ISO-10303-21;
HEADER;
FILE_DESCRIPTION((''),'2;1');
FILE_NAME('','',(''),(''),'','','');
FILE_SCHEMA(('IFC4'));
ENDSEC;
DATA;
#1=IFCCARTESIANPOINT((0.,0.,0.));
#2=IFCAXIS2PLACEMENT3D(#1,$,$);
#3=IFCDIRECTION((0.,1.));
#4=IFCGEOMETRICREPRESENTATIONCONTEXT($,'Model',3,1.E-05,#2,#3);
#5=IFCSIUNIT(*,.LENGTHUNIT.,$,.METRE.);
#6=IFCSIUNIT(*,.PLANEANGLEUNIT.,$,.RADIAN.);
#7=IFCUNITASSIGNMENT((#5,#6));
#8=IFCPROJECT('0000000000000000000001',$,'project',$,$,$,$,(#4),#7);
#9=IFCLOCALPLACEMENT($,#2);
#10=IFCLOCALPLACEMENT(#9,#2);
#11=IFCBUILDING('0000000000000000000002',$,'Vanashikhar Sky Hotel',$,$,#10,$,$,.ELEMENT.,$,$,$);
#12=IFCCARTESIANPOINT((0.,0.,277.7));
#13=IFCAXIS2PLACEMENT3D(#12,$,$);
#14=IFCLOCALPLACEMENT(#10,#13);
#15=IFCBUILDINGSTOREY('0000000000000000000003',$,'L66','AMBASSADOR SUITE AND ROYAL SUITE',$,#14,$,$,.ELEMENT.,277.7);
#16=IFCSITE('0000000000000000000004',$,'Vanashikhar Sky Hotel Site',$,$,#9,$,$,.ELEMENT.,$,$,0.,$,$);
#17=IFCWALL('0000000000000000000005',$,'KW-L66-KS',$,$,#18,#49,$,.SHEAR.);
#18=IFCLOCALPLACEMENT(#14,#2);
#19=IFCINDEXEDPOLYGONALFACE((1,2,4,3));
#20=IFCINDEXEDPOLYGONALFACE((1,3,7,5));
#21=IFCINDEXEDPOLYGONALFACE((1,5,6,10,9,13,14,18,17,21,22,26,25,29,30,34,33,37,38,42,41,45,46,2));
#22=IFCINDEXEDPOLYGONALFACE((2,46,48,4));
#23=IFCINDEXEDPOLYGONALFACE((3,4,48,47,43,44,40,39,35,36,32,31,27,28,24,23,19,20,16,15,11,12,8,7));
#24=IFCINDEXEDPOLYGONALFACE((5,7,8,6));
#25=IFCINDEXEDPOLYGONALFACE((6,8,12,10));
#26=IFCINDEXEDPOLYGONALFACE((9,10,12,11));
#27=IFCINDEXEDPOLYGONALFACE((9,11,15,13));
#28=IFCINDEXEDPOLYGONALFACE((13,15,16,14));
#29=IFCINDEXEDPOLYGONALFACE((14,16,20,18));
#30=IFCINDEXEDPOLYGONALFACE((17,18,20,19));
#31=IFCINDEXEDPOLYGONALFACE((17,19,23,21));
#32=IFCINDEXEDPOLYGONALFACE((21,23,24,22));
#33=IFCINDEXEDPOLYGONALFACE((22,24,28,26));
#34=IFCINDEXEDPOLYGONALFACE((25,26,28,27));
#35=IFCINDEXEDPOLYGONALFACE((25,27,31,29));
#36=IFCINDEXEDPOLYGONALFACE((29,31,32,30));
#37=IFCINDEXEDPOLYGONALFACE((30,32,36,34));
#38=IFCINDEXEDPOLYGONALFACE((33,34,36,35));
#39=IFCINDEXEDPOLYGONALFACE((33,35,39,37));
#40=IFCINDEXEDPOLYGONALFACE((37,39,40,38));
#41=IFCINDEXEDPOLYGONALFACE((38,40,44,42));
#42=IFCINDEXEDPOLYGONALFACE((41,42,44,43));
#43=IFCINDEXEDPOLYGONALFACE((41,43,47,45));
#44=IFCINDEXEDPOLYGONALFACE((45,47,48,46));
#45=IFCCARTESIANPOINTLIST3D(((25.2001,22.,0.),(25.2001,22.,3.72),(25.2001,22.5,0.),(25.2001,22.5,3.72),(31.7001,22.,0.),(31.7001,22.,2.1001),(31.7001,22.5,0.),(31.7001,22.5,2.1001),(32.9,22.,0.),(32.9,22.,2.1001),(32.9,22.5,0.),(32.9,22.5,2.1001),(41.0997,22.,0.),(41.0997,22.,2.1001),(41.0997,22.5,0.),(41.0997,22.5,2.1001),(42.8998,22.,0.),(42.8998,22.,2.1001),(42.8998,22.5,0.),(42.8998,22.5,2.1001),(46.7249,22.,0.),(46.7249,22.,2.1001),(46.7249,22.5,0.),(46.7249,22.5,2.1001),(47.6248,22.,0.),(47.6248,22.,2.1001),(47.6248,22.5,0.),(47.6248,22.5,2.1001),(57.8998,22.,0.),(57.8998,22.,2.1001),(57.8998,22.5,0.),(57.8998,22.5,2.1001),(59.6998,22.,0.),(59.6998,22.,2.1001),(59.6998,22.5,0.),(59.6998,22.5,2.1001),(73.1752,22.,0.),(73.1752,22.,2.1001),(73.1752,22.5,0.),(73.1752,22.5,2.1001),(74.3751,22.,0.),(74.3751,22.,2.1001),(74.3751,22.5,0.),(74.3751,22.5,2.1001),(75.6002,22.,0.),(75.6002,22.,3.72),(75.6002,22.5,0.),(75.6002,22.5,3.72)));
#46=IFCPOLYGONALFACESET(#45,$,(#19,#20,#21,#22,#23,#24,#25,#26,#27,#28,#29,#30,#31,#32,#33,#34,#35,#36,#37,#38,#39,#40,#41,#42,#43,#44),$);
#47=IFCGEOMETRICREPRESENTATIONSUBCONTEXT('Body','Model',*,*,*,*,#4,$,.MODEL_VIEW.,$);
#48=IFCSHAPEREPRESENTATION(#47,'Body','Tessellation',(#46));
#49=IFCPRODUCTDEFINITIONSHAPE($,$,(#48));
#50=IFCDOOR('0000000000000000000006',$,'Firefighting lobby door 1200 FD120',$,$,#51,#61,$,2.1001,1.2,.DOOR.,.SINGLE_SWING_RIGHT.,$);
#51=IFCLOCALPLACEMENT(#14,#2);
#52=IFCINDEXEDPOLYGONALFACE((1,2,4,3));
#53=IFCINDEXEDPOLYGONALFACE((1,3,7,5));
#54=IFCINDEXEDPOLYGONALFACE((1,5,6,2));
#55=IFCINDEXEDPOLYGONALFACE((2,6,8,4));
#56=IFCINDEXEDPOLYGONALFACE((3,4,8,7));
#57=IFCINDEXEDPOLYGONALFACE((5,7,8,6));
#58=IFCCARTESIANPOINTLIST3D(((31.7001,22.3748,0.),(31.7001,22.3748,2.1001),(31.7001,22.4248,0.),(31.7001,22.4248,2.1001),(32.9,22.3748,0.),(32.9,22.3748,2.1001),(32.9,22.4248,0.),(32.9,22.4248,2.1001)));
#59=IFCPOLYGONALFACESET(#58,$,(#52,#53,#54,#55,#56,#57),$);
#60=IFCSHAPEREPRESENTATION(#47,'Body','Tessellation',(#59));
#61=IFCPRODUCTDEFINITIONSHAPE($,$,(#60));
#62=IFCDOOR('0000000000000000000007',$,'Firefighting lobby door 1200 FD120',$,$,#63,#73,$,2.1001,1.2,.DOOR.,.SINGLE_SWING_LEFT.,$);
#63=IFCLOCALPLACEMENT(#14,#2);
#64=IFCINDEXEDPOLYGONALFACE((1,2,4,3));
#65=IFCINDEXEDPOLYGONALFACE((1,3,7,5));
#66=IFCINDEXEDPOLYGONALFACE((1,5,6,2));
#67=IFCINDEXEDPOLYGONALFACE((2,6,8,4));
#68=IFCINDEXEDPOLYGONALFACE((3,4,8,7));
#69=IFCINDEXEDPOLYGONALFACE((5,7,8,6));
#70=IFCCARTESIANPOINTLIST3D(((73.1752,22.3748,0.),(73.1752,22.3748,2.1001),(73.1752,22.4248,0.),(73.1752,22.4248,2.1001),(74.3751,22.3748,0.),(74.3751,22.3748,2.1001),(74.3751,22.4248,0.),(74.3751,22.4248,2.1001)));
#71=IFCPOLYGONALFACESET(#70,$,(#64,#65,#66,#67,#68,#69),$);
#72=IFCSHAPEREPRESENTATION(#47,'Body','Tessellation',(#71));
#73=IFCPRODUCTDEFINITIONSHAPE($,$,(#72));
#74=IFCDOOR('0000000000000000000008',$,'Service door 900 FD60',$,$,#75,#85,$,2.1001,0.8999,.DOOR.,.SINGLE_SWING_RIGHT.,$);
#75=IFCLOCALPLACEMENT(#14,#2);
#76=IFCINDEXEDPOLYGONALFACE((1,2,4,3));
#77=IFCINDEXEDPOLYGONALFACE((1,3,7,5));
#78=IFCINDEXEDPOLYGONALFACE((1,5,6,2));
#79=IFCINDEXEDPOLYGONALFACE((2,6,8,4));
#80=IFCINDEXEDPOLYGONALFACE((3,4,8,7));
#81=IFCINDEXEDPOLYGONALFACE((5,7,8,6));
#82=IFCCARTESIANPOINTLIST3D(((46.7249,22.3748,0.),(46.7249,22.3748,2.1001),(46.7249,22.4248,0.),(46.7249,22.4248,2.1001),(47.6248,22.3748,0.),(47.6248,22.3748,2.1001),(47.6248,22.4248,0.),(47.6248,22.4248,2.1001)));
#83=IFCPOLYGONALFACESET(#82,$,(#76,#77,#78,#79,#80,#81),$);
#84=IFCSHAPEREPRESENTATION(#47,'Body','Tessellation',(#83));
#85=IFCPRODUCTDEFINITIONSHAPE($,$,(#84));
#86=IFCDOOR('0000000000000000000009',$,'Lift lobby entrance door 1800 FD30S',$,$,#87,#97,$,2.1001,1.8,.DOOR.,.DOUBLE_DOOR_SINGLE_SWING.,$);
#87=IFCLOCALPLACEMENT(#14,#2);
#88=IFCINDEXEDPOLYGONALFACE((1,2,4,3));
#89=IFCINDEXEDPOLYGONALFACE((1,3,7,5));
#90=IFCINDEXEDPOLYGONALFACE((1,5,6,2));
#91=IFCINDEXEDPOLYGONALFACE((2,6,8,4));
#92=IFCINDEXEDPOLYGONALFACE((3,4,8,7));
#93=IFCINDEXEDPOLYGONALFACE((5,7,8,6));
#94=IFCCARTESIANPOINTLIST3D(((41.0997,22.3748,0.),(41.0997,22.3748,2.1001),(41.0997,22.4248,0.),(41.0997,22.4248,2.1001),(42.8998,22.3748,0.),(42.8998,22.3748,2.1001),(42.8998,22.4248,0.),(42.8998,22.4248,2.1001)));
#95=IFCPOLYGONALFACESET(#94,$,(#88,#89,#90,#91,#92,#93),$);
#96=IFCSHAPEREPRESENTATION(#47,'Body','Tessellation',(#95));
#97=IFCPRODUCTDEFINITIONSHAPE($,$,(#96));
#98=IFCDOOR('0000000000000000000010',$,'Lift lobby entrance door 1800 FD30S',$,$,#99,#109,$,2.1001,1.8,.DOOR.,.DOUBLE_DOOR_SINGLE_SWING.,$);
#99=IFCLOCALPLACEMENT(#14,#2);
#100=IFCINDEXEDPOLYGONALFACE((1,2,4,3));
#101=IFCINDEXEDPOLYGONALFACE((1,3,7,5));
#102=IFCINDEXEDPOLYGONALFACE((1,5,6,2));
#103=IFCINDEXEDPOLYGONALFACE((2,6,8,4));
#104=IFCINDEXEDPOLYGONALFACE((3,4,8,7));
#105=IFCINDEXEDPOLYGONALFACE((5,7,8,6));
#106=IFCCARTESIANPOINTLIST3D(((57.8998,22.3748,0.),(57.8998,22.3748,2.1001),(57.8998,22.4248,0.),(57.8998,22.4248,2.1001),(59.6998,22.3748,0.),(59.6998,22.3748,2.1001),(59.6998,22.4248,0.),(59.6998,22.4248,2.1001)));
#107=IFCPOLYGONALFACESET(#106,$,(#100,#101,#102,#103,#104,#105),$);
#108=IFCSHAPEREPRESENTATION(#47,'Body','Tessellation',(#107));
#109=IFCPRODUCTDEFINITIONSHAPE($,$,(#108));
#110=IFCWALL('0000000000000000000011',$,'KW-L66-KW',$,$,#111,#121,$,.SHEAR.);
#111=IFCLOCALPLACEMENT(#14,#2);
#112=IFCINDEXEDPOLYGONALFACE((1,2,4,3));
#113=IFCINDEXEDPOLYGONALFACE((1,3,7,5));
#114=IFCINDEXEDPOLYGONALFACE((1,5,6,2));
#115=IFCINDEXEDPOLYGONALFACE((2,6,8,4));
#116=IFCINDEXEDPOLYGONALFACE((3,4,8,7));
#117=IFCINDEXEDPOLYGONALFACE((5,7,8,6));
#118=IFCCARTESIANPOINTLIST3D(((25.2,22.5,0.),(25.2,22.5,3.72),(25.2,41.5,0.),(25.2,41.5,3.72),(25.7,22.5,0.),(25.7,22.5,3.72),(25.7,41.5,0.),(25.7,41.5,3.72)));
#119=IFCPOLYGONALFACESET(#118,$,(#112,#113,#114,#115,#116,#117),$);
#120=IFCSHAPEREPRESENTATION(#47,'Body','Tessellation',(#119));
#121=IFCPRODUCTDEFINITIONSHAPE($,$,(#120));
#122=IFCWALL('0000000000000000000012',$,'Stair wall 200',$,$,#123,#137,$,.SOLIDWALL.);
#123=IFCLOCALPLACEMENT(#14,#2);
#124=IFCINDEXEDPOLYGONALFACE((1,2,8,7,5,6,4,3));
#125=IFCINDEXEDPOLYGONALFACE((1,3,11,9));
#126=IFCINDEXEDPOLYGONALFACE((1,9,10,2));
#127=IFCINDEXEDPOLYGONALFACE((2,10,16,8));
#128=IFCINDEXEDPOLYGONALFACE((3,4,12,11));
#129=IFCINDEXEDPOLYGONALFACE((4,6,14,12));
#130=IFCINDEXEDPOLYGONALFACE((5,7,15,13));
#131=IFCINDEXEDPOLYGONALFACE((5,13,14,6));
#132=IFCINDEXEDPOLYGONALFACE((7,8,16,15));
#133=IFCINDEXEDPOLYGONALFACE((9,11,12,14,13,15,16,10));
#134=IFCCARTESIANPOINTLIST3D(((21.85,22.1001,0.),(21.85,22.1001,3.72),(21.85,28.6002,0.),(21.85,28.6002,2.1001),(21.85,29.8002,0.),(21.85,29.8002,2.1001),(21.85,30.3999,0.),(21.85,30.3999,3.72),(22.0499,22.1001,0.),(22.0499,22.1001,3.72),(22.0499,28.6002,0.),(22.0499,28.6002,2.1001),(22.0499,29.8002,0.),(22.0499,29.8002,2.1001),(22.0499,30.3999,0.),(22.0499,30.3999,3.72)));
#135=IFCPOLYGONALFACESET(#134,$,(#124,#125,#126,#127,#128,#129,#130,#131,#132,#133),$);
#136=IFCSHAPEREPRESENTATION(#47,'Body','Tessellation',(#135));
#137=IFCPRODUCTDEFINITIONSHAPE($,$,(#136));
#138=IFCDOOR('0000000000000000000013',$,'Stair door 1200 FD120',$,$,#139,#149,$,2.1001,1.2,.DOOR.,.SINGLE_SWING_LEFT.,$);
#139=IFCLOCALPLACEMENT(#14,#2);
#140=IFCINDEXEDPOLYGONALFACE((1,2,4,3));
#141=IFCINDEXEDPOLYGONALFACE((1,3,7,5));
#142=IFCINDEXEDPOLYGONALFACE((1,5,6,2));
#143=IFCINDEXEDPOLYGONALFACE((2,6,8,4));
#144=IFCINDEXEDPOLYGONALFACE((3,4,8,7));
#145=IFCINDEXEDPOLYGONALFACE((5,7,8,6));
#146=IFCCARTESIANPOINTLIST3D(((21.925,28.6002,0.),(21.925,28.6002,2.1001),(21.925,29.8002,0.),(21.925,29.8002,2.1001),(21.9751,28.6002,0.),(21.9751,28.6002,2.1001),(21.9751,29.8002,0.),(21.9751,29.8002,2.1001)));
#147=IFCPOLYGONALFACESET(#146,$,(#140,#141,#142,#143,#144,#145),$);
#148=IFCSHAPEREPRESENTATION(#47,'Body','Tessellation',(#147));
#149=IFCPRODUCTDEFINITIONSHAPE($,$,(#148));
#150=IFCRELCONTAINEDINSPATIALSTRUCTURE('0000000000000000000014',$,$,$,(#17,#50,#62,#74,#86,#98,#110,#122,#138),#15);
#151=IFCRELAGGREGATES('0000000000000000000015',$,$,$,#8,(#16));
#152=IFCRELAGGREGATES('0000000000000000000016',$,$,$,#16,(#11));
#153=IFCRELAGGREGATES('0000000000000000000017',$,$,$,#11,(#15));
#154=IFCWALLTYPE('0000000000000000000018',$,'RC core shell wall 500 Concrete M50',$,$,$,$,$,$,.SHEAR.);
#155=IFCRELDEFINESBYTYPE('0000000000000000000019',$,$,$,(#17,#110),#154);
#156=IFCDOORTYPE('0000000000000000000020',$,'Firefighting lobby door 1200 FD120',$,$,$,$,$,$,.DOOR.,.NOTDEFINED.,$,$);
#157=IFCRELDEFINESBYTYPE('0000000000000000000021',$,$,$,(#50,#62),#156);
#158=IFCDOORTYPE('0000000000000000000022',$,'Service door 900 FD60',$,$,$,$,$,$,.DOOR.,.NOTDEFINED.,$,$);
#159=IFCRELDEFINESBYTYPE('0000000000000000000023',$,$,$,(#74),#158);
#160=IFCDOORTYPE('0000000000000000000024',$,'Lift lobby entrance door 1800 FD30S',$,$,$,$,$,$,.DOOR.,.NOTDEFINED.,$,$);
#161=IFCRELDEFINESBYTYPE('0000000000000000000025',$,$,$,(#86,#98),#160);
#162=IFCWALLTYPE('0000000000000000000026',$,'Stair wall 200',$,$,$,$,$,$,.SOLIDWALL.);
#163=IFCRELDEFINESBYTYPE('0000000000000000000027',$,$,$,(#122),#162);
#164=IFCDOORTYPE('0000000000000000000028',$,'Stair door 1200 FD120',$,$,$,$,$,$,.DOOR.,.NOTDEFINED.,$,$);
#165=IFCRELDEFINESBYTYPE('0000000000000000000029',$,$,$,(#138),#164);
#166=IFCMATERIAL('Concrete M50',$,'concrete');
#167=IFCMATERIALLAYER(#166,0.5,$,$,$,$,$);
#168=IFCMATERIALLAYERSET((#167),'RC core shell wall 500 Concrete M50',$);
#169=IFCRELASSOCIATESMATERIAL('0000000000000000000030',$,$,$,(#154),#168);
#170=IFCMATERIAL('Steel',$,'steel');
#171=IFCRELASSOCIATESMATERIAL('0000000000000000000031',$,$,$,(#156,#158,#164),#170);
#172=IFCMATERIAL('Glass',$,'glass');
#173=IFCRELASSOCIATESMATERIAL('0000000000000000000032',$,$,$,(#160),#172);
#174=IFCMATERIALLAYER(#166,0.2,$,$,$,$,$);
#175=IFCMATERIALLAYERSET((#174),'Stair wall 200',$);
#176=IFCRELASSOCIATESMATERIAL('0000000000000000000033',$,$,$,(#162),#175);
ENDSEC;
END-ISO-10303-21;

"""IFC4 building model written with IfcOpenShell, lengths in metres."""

from ifc_helpers import new_model, si_unit, direction, frame, frame_2d, origin, place, context, subcontext, project, spatial, rectangle, extrude, source, transform, mapped, material, layer, layer_set, type_object, element, fill, save


model = new_model("IFC4")

# Units and contexts
model_context = context("Model", 3, precision=1e-05, world=origin(), true_north=direction((0.0, 1.0)))
body_context = subcontext(model_context, "Body", "Model", "MODEL_VIEW")
ifc_project = project(units=[si_unit("LENGTHUNIT", "METRE"), si_unit("PLANEANGLEUNIT", "RADIAN")], contexts=[model_context])

# Site, building, storey
site_placement = place(None, origin())
site = spatial("IfcSite", under=ifc_project, at=site_placement, Name="Vanashikhar Sky Hotel Site", CompositionType="ELEMENT", RefElevation=0.0)
building_placement = place(site_placement, origin())
building = spatial("IfcBuilding", under=site, at=building_placement, Name="Vanashikhar Sky Hotel", CompositionType="ELEMENT")
storey_placement = place(building_placement, frame((0.0, 0.0, 277.7)))
storey = spatial("IfcBuildingStorey", under=building, at=storey_placement, Name="L66", Description="AMBASSADOR SUITE AND ROYAL SUITE", CompositionType="ELEMENT", Elevation=277.7)

# Wall, openings, doors
ifc_material_1 = material(Name="Concrete M50", Category="concrete")
ifc_layer_1 = layer(ifc_material_1, 0.5)
ifc_layer_set_1 = layer_set([ifc_layer_1], Name="RC core shell wall 500 Concrete M50")
wall_type_1 = type_object("IfcWallType", Name="RC core shell wall 500 Concrete M50", PredefinedType="SHEAR", material=ifc_layer_set_1)
shared_shape_1 = source(origin(), body_context, "Body", "SweptSolid", [
    extrude(rectangle(XDim=50.4001, YDim=0.5, at=frame_2d((25.2002, 0.0))), origin(), (0.0, 0.0, 1.0), 3.72),
])
wall_1_placement = place(storey_placement, frame((25.2, 22.25, 0.0), z_axis=(0.0, 0.0, 1.0), x_axis=(1.0, 0.0, 0.0)))
wall_1 = element("IfcWall", 1, at=wall_1_placement, inside=storey, type_object=wall_type_1, Name="KW-L66-KS", PredefinedType="SHEAR", context=body_context, shape_type="MappedRepresentation", body=[
    mapped(shared_shape_1, transform((0.0, 0.0, 0.0), scale=1.0)),
])
shared_shape_2 = source(origin(), body_context, "Body", "SweptSolid", [
    extrude(rectangle(XDim=1.8, YDim=2.1001, at=frame_2d((0.8999, 1.05))), frame((0.0, 0.26, 0.0), z_axis=(0.0, -1.0, 0.0), x_axis=(1.0, 0.0, 0.0)), (0.0, 0.0, 1.0), 0.52),
])
opening_1_placement = place(wall_1_placement, frame((15.8999, 0.0, 0.0)))
opening_1 = element("IfcOpeningElement", 2, at=opening_1_placement, cuts=wall_1, PredefinedType="OPENING", context=body_context, shape_type="MappedRepresentation", body=[
    mapped(shared_shape_2, transform((0.0, 0.0, 0.0), scale=1.0)),
])
shared_shape_3 = source(origin(), body_context, "Body", "SweptSolid", [
    extrude(rectangle(XDim=0.8999, YDim=2.1001, at=frame_2d((0.45, 1.05))), frame((0.0, 0.26, 0.0), z_axis=(0.0, -1.0, 0.0), x_axis=(1.0, 0.0, 0.0)), (0.0, 0.0, 1.0), 0.52),
])
opening_2_placement = place(wall_1_placement, frame((21.5249, 0.0, 0.0)))
opening_2 = element("IfcOpeningElement", 3, at=opening_2_placement, cuts=wall_1, PredefinedType="OPENING", context=body_context, shape_type="MappedRepresentation", body=[
    mapped(shared_shape_3, transform((0.0, 0.0, 0.0), scale=1.0)),
])
opening_3_placement = place(wall_1_placement, frame((32.7, 0.0, 0.0)))
opening_3 = element("IfcOpeningElement", 4, at=opening_3_placement, cuts=wall_1, PredefinedType="OPENING", context=body_context, shape_type="MappedRepresentation", body=[
    mapped(shared_shape_2, transform((0.0, 0.0, 0.0), scale=1.0)),
])
shared_shape_4 = source(origin(), body_context, "Body", "SweptSolid", [
    extrude(rectangle(XDim=1.2, YDim=2.1001, at=frame_2d((0.6001, 1.05))), frame((0.0, 0.26, 0.0), z_axis=(0.0, -1.0, 0.0), x_axis=(1.0, 0.0, 0.0)), (0.0, 0.0, 1.0), 0.52),
])
opening_4_placement = place(wall_1_placement, frame((6.5, 0.0, 0.0)))
opening_4 = element("IfcOpeningElement", 5, at=opening_4_placement, cuts=wall_1, PredefinedType="OPENING", context=body_context, shape_type="MappedRepresentation", body=[
    mapped(shared_shape_4, transform((0.0, 0.0, 0.0), scale=1.0)),
])
opening_5_placement = place(wall_1_placement, frame((47.9751, 0.0, 0.0)))
opening_5 = element("IfcOpeningElement", 6, at=opening_5_placement, cuts=wall_1, PredefinedType="OPENING", context=body_context, shape_type="MappedRepresentation", body=[
    mapped(shared_shape_4, transform((0.0, 0.0, 0.0), scale=1.0)),
])
ifc_material_2 = material(Name="Steel", Category="steel")
door_type_1 = type_object("IfcDoorType", Name="Firefighting lobby door 1200 FD120", OperationType="NOTDEFINED", PredefinedType="DOOR", material=ifc_material_2)
shared_shape_5 = source(origin(), body_context, "Body", "SweptSolid", [
    extrude(rectangle(XDim=1.2, YDim=2.1001, at=frame_2d((0.6001, 1.05))), frame((0.0, 0.1748, 0.0), z_axis=(0.0, -1.0, 0.0), x_axis=(1.0, 0.0, 0.0)), (0.0, 0.0, 1.0), 0.05),
])
door_1_placement = place(opening_4_placement, origin())
door_1 = element("IfcDoor", 7, at=door_1_placement, inside=storey, type_object=door_type_1, Name="Firefighting lobby door 1200 FD120", OperationType="SINGLE_SWING_RIGHT", OverallHeight=2.1001, OverallWidth=1.2, PredefinedType="DOOR", context=body_context, shape_type="MappedRepresentation", body=[
    mapped(shared_shape_5, transform((0.0, 0.0, 0.0), scale=1.0)),
])
fill(opening_4, door_1)
door_2_placement = place(opening_5_placement, origin())
door_2 = element("IfcDoor", 8, at=door_2_placement, inside=storey, type_object=door_type_1, Name="Firefighting lobby door 1200 FD120", OperationType="SINGLE_SWING_LEFT", OverallHeight=2.1001, OverallWidth=1.2, PredefinedType="DOOR", context=body_context, shape_type="MappedRepresentation", body=[
    mapped(shared_shape_5, transform((0.0, 0.0, 0.0), scale=1.0)),
])
fill(opening_5, door_2)
door_type_2 = type_object("IfcDoorType", Name="Service door 900 FD60", OperationType="NOTDEFINED", PredefinedType="DOOR", material=ifc_material_2)
shared_shape_6 = source(origin(), body_context, "Body", "SweptSolid", [
    extrude(rectangle(XDim=0.8999, YDim=2.1001, at=frame_2d((0.45, 1.05))), frame((0.0, 0.1748, 0.0), z_axis=(0.0, -1.0, 0.0), x_axis=(1.0, 0.0, 0.0)), (0.0, 0.0, 1.0), 0.05),
])
door_3_placement = place(opening_2_placement, origin())
door_3 = element("IfcDoor", 9, at=door_3_placement, inside=storey, type_object=door_type_2, Name="Service door 900 FD60", OperationType="SINGLE_SWING_RIGHT", OverallHeight=2.1001, OverallWidth=0.8999, PredefinedType="DOOR", context=body_context, shape_type="MappedRepresentation", body=[
    mapped(shared_shape_6, transform((0.0, 0.0, 0.0), scale=1.0)),
])
fill(opening_2, door_3)
ifc_material_3 = material(Name="Glass", Category="glass")
door_type_3 = type_object("IfcDoorType", Name="Lift lobby entrance door 1800 FD30S", OperationType="NOTDEFINED", PredefinedType="DOOR", material=ifc_material_3)
shared_shape_7 = source(origin(), body_context, "Body", "SweptSolid", [
    extrude(rectangle(XDim=1.8, YDim=2.1001, at=frame_2d((0.8999, 1.05))), frame((0.0, 0.1748, 0.0), z_axis=(0.0, -1.0, 0.0), x_axis=(1.0, 0.0, 0.0)), (0.0, 0.0, 1.0), 0.05),
])
door_4_placement = place(opening_1_placement, origin())
door_4 = element("IfcDoor", 10, at=door_4_placement, inside=storey, type_object=door_type_3, Name="Lift lobby entrance door 1800 FD30S", OperationType="DOUBLE_DOOR_SINGLE_SWING", OverallHeight=2.1001, OverallWidth=1.8, PredefinedType="DOOR", context=body_context, shape_type="MappedRepresentation", body=[
    mapped(shared_shape_7, transform((0.0, 0.0, 0.0), scale=1.0)),
])
fill(opening_1, door_4)
door_5_placement = place(opening_3_placement, origin())
door_5 = element("IfcDoor", 11, at=door_5_placement, inside=storey, type_object=door_type_3, Name="Lift lobby entrance door 1800 FD30S", OperationType="DOUBLE_DOOR_SINGLE_SWING", OverallHeight=2.1001, OverallWidth=1.8, PredefinedType="DOOR", context=body_context, shape_type="MappedRepresentation", body=[
    mapped(shared_shape_7, transform((0.0, 0.0, 0.0), scale=1.0)),
])
fill(opening_3, door_5)

# Wall
shared_shape_8 = source(origin(), body_context, "Body", "SweptSolid", [
    extrude(rectangle(XDim=19.0, YDim=0.5, at=frame_2d((9.5, 0.0))), origin(), (0.0, 0.0, 1.0), 3.72),
])
wall_2_placement = place(storey_placement, frame((25.45, 22.5, 0.0), z_axis=(0.0, 0.0, 1.0), x_axis=(0.0, 1.0, 0.0)))
element("IfcWall", 12, at=wall_2_placement, inside=storey, type_object=wall_type_1, Name="KW-L66-KW", PredefinedType="SHEAR", context=body_context, shape_type="MappedRepresentation", body=[
    mapped(shared_shape_8, transform((0.0, 0.0, 0.0), scale=1.0)),
])

# Wall, opening, door
ifc_layer_2 = layer(ifc_material_1, 0.2)
ifc_layer_set_2 = layer_set([ifc_layer_2], Name="Stair wall 200")
wall_type_2 = type_object("IfcWallType", Name="Stair wall 200", PredefinedType="SOLIDWALL", material=ifc_layer_set_2)
shared_shape_9 = source(origin(), body_context, "Body", "SweptSolid", [
    extrude(rectangle(XDim=8.2998, YDim=0.2, at=frame_2d((4.1499, 0.0))), origin(), (0.0, 0.0, 1.0), 3.72),
])
wall_3_placement = place(storey_placement, frame((21.95, 22.1001, 0.0), z_axis=(0.0, 0.0, 1.0), x_axis=(0.0, 1.0, 0.0)))
wall_3 = element("IfcWall", 13, at=wall_3_placement, inside=storey, type_object=wall_type_2, Name="Stair wall 200", PredefinedType="SOLIDWALL", context=body_context, shape_type="MappedRepresentation", body=[
    mapped(shared_shape_9, transform((0.0, 0.0, 0.0), scale=1.0)),
])
shared_shape_10 = source(origin(), body_context, "Body", "SweptSolid", [
    extrude(rectangle(XDim=1.2, YDim=2.1001, at=frame_2d((0.6001, 1.05))), frame((0.0, 0.1099, 0.0), z_axis=(0.0, -1.0, 0.0), x_axis=(1.0, 0.0, 0.0)), (0.0, 0.0, 1.0), 0.22),
])
opening_6_placement = place(wall_3_placement, frame((6.5, 0.0, 0.0)))
opening_6 = element("IfcOpeningElement", 14, at=opening_6_placement, cuts=wall_3, PredefinedType="OPENING", context=body_context, shape_type="MappedRepresentation", body=[
    mapped(shared_shape_10, transform((0.0, 0.0, 0.0), scale=1.0)),
])
door_type_4 = type_object("IfcDoorType", Name="Stair door 1200 FD120", OperationType="NOTDEFINED", PredefinedType="DOOR", material=ifc_material_2)
shared_shape_11 = source(origin(), body_context, "Body", "SweptSolid", [
    extrude(rectangle(XDim=1.2, YDim=2.1001, at=frame_2d((0.6001, 1.05))), frame((0.0, 0.0249, 0.0), z_axis=(0.0, -1.0, 0.0), x_axis=(1.0, 0.0, 0.0)), (0.0, 0.0, 1.0), 0.05),
])
door_6_placement = place(opening_6_placement, origin())
door_6 = element("IfcDoor", 15, at=door_6_placement, inside=storey, type_object=door_type_4, Name="Stair door 1200 FD120", OperationType="SINGLE_SWING_LEFT", OverallHeight=2.1001, OverallWidth=1.2, PredefinedType="DOOR", context=body_context, shape_type="MappedRepresentation", body=[
    mapped(shared_shape_11, transform((0.0, 0.0, 0.0), scale=1.0)),
])
fill(opening_6, door_6)

save(model, "model.ifc")
